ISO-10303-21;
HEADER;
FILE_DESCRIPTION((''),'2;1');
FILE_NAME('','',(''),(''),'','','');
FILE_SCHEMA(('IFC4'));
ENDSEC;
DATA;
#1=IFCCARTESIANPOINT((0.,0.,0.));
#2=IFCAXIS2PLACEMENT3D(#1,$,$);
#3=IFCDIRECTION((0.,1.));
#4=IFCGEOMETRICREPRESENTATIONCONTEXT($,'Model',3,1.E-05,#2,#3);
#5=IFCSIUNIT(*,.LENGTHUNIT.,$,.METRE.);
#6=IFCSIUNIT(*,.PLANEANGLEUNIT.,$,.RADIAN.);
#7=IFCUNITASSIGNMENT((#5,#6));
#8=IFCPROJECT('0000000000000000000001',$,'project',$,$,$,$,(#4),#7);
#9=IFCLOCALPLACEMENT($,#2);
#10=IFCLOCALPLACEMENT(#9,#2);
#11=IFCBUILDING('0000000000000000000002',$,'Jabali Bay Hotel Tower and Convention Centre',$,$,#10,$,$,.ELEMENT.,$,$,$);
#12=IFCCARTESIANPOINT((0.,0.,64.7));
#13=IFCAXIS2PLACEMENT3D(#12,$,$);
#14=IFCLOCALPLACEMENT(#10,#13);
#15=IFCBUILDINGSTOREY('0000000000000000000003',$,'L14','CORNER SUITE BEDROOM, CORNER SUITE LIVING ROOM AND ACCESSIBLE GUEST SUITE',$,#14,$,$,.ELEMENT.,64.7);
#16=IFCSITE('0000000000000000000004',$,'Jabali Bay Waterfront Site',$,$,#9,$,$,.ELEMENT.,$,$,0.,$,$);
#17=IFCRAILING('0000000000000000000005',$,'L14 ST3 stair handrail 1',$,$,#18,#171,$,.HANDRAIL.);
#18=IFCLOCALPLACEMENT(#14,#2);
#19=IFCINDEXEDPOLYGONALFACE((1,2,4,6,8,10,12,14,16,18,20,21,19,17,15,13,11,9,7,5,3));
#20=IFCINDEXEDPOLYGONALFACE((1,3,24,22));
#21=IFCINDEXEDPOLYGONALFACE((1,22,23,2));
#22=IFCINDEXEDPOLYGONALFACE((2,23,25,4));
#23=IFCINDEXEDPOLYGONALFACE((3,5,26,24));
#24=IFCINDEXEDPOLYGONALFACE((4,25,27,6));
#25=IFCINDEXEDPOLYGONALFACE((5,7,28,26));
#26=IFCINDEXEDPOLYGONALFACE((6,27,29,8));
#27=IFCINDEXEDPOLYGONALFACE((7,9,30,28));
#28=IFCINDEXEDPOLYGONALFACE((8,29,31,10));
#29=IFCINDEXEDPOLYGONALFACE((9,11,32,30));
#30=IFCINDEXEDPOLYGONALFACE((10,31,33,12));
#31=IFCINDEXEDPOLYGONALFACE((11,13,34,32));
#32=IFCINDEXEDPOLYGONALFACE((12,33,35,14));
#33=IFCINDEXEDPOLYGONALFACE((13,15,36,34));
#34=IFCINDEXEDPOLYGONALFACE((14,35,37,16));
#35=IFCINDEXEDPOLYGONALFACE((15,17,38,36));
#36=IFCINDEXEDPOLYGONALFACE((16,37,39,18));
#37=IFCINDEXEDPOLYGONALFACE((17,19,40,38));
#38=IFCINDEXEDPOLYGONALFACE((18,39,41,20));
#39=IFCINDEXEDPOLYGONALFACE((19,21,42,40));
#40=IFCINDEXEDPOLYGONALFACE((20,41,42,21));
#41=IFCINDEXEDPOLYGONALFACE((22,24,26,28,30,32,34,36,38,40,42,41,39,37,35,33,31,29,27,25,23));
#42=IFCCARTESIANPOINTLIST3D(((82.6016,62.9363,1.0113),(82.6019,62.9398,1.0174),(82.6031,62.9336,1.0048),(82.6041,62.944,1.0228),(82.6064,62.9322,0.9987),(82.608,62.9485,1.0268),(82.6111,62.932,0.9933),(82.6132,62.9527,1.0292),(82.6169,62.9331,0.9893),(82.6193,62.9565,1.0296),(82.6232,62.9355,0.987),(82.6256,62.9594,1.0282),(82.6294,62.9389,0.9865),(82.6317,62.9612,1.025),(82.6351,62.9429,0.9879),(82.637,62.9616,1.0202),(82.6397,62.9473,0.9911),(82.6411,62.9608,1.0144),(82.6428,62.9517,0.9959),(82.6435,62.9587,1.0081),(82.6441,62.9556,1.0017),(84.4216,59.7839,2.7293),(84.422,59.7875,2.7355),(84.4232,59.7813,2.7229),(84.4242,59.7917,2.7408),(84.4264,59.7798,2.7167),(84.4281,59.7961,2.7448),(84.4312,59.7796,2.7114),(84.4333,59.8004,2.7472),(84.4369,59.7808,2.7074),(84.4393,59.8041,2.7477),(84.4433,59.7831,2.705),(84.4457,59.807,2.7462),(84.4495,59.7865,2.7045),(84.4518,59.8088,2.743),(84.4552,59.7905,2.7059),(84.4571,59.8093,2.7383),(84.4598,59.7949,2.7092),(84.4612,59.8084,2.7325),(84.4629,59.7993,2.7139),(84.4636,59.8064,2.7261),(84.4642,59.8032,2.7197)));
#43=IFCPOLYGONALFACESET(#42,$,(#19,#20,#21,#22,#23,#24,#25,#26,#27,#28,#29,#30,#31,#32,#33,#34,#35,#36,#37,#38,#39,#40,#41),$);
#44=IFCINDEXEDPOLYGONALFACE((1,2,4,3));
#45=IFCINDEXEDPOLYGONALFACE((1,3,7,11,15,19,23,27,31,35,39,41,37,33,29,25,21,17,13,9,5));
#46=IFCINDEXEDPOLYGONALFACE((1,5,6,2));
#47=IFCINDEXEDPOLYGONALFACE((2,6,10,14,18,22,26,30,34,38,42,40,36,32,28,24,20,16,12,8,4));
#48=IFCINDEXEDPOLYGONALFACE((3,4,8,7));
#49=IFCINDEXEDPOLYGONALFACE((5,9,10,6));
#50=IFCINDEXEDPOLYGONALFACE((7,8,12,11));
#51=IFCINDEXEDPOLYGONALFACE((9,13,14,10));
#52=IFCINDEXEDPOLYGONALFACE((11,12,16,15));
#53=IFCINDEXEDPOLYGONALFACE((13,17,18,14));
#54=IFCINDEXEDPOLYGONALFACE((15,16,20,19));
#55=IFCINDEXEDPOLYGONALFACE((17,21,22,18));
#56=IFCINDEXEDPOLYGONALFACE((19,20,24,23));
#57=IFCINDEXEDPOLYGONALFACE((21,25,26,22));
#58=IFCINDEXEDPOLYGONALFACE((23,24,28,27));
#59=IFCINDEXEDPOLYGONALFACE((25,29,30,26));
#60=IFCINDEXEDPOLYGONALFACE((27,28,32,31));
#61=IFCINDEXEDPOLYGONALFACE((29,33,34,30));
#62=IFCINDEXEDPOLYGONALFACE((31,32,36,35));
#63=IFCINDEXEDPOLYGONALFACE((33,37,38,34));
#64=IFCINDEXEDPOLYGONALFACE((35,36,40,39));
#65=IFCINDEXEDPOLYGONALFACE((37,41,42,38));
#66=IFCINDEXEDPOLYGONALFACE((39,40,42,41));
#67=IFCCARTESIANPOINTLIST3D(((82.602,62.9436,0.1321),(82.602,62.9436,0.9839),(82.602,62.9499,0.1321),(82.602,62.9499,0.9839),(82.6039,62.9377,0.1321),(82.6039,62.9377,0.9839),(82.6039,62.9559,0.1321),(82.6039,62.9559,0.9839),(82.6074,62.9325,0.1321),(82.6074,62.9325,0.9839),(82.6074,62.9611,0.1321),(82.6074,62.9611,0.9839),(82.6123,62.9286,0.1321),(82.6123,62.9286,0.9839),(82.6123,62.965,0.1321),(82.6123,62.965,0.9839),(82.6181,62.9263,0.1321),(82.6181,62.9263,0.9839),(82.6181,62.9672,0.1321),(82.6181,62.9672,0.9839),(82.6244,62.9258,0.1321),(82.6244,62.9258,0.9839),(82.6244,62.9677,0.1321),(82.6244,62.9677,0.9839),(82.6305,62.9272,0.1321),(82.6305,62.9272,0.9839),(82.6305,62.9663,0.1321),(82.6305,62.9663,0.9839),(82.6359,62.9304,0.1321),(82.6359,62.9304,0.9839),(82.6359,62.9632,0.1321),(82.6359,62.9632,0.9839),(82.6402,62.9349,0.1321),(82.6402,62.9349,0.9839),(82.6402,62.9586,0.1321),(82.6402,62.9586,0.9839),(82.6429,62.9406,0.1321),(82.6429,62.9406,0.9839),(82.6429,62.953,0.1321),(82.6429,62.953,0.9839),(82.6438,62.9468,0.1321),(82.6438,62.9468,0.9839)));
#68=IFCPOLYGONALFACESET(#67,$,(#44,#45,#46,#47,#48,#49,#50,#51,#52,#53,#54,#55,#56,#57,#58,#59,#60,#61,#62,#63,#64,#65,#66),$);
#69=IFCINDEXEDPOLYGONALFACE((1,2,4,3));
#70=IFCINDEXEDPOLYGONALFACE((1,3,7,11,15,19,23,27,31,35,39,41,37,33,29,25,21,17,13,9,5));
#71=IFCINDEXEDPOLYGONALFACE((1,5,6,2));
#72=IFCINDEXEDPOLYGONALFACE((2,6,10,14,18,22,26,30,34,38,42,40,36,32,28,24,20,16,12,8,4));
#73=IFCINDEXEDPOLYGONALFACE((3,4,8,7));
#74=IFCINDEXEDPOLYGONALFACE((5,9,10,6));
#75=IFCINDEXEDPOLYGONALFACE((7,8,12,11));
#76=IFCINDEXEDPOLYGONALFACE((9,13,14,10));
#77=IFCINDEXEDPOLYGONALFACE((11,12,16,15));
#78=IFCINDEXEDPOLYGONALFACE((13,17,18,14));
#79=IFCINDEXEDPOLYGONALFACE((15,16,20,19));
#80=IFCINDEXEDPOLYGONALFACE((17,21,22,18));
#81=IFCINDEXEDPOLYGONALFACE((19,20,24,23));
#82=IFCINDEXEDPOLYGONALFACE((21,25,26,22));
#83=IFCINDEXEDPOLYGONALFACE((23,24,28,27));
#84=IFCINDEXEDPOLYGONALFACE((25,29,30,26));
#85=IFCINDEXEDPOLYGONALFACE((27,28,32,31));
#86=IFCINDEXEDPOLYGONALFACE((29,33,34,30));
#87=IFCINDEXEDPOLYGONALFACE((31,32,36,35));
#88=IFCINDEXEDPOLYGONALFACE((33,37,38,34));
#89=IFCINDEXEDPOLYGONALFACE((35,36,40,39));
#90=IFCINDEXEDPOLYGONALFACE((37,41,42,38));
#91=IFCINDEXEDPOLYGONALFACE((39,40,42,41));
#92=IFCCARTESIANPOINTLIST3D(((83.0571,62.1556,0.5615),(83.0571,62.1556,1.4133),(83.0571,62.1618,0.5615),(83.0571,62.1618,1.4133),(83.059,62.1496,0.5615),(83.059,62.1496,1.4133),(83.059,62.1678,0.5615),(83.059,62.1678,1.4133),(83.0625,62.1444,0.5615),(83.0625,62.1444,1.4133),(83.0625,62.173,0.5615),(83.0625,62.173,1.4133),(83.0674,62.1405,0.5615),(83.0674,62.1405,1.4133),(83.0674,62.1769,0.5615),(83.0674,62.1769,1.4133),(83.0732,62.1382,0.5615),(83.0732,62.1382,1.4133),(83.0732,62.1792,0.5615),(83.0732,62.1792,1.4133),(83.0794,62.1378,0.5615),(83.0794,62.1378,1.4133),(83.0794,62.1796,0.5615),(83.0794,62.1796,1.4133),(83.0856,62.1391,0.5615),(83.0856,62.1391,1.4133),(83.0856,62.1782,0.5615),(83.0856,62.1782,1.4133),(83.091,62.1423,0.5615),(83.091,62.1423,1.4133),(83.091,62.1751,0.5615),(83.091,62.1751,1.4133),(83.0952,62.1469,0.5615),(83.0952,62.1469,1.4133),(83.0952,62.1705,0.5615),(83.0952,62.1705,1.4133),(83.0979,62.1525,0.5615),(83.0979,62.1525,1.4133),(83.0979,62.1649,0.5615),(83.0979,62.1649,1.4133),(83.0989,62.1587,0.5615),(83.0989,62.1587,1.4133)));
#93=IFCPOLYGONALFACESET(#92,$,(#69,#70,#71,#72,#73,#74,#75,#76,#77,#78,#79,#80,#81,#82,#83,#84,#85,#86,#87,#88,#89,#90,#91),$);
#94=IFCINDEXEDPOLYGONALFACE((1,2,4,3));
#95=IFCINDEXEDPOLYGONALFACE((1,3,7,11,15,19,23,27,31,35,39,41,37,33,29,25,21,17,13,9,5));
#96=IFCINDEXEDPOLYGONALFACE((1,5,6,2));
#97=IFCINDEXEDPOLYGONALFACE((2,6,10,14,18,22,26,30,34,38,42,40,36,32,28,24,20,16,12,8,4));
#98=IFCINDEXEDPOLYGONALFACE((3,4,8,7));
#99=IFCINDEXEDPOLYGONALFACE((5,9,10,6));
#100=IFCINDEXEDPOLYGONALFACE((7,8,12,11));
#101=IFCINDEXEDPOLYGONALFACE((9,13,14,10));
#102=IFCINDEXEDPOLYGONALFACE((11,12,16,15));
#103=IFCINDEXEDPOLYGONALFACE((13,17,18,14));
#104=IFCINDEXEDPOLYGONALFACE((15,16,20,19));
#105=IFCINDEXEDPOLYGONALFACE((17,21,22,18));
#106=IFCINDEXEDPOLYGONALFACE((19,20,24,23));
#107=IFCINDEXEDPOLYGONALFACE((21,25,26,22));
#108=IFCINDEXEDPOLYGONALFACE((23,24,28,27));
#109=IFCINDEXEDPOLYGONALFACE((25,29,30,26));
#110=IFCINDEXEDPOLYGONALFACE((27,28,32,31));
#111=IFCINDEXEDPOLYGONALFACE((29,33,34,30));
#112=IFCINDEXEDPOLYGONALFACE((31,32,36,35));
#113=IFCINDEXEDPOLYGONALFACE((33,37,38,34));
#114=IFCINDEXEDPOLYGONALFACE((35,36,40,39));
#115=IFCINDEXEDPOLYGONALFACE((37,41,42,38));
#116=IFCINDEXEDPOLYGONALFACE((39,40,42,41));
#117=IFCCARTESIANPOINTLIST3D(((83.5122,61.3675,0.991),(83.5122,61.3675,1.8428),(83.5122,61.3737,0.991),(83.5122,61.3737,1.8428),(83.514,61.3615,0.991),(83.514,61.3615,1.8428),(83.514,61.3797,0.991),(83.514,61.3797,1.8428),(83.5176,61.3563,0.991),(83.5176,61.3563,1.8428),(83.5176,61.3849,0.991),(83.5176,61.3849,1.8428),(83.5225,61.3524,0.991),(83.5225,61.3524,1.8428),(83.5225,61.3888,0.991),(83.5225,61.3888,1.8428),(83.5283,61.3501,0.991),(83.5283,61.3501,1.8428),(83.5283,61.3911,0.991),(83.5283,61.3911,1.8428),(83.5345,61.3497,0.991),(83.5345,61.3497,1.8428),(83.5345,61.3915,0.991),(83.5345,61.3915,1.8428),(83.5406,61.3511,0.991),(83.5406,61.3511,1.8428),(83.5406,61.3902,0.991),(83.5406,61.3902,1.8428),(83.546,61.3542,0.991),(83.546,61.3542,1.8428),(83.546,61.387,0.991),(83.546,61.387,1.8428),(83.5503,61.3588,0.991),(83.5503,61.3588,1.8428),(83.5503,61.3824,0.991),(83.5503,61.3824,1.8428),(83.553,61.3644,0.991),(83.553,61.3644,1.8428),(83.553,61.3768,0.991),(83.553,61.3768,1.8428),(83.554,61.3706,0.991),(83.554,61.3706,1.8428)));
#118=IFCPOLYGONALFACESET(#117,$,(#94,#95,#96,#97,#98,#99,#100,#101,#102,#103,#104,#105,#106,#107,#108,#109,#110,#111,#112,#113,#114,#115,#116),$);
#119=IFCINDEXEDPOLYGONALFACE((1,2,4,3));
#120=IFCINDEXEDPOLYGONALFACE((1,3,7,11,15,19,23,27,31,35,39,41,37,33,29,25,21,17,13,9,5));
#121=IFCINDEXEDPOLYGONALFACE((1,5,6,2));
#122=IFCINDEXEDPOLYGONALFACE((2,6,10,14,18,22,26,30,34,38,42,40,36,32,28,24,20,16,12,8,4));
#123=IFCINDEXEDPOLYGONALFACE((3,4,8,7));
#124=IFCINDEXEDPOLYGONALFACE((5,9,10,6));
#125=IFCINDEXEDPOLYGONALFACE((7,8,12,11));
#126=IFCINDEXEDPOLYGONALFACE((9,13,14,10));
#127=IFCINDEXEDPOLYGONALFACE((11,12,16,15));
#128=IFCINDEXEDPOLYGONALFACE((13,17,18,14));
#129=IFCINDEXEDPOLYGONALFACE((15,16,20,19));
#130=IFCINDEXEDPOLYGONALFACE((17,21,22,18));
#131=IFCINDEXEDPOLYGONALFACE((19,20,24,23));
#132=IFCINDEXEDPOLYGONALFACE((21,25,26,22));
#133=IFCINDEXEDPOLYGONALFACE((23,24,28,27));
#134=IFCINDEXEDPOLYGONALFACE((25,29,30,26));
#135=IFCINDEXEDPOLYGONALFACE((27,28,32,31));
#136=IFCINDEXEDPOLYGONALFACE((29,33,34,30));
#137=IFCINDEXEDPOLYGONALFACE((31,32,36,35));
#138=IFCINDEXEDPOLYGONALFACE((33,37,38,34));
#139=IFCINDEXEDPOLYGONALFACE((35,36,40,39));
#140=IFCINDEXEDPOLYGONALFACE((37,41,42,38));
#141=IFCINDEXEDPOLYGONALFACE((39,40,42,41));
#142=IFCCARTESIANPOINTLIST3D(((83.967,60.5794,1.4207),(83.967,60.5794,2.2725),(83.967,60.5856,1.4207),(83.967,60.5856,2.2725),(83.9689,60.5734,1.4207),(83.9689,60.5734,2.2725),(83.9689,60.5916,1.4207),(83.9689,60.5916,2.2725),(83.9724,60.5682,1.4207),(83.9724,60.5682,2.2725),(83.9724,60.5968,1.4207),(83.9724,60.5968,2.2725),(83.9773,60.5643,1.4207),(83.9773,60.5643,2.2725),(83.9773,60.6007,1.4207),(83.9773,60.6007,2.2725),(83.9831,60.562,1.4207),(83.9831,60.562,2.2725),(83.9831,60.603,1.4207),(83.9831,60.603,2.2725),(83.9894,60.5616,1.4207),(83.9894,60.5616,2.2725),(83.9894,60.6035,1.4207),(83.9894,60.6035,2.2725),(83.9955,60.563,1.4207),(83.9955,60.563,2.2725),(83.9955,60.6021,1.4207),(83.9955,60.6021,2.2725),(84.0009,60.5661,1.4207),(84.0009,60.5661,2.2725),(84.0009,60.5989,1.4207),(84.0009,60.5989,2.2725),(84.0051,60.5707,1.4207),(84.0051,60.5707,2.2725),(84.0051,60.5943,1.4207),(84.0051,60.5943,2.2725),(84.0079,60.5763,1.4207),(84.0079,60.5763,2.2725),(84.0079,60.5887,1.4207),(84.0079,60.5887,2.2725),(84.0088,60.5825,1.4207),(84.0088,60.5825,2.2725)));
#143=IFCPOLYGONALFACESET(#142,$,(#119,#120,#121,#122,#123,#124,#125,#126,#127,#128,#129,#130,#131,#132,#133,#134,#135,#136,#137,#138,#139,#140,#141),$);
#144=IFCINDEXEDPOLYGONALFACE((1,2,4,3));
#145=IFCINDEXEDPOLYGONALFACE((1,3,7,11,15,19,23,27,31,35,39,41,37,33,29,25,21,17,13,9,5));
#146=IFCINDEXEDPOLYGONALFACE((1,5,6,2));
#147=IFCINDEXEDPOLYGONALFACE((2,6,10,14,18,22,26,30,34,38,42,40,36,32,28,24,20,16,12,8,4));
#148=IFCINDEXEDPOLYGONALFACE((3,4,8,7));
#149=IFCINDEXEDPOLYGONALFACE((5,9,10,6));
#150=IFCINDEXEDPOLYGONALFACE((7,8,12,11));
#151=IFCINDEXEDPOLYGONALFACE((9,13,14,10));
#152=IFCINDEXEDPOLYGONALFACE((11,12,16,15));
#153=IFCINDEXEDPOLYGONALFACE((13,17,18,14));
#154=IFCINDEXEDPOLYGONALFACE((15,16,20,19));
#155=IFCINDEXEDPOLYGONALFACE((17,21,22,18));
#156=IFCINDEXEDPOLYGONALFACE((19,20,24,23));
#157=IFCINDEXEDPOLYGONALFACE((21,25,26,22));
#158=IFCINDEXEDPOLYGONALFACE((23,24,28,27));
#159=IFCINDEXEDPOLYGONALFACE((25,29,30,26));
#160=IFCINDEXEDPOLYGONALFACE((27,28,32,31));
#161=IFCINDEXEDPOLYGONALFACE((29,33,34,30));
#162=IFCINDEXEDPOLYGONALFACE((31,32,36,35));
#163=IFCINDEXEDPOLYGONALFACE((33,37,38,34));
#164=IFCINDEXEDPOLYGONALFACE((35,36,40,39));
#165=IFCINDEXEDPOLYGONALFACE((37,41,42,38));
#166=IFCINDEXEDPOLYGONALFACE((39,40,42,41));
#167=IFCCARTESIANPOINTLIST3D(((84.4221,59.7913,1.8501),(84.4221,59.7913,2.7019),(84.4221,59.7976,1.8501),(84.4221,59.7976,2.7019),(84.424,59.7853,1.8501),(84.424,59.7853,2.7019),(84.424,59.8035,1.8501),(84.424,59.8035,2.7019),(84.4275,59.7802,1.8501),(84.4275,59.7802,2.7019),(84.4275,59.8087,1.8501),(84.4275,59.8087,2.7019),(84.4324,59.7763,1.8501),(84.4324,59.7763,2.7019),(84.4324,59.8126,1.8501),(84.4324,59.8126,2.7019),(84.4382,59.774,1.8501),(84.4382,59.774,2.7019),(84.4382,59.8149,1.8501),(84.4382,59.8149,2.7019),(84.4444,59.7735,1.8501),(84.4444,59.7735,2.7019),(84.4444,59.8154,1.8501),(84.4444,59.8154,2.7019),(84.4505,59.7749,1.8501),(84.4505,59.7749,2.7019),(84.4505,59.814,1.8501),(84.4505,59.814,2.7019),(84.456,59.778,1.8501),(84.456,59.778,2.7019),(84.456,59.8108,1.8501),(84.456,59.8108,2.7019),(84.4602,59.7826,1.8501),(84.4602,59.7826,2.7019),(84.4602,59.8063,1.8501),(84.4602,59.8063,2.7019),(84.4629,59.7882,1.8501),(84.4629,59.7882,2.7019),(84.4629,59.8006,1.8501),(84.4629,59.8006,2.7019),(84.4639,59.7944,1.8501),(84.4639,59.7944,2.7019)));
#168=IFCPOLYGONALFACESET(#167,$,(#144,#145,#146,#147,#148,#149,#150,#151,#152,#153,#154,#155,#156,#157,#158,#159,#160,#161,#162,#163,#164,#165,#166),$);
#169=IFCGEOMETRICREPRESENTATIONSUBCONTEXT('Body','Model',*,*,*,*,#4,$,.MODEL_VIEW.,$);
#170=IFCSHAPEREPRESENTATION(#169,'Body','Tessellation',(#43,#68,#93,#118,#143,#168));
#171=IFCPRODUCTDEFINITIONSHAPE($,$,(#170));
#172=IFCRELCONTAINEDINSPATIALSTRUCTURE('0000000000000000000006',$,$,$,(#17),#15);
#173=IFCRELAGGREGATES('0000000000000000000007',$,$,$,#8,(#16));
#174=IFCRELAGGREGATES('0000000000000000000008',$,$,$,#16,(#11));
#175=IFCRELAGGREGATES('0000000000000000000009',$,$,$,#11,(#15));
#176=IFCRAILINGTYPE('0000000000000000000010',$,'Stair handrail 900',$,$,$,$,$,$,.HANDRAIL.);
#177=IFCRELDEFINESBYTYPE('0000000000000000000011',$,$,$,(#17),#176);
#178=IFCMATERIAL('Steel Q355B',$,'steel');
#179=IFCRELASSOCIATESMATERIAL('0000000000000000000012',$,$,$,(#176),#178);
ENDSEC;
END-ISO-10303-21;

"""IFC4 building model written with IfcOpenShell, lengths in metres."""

from ifc_helpers import new_model, si_unit, direction, frame, origin, origin_2d, place, context, subcontext, project, spatial, circle, extrude, material, type_object, element, save


model = new_model("IFC4")

# Units and contexts
model_context = context("Model", 3, precision=1e-05, world=origin(), true_north=direction((0.0, 1.0)))
body_context = subcontext(model_context, "Body", "Model", "MODEL_VIEW")
ifc_project = project(units=[si_unit("LENGTHUNIT", "METRE"), si_unit("PLANEANGLEUNIT", "RADIAN")], contexts=[model_context])

# Site, building, storey
site_placement = place(None, origin())
site = spatial("IfcSite", under=ifc_project, at=site_placement, Name="Jabali Bay Waterfront Site", CompositionType="ELEMENT", RefElevation=0.0)
building_placement = place(site_placement, origin())
building = spatial("IfcBuilding", under=site, at=building_placement, Name="Jabali Bay Hotel Tower and Convention Centre", CompositionType="ELEMENT")
storey_placement = place(building_placement, frame((0.0, 0.0, 64.7)))
storey = spatial("IfcBuildingStorey", under=building, at=storey_placement, Name="L14", Description="CORNER SUITE BEDROOM, CORNER SUITE LIVING ROOM AND ACCESSIBLE GUEST SUITE", CompositionType="ELEMENT", Elevation=64.7)

# Railing
ifc_material_1 = material(Name="Steel Q355B", Category="steel")
railing_type_1 = type_object("IfcRailingType", Name="Stair handrail 900", PredefinedType="HANDRAIL", material=ifc_material_1)
railing_1_placement = place(storey_placement, frame((82.6228, 62.9468, 0.1321)))
element("IfcRailing", 1, at=railing_1_placement, inside=storey, type_object=railing_type_1, Name="L14 ST3 stair handrail 1", PredefinedType="HANDRAIL", context=body_context, shape_type="SweptSolid", body=[
    extrude(circle(Radius=0.0239, at=origin_2d()), frame((0.0, 0.0, 0.876), z_axis=(0.452179, -0.78317, 0.426825), x_axis=(0.866018, 0.500013, 0.0)), (0.0, 0.0, 1.0), 4.0251),
    extrude(circle(Radius=0.021, at=origin_2d()), origin(), (0.0, 0.0, 1.0), 0.8518),
    extrude(circle(Radius=0.021, at=origin_2d()), frame((0.4551, -0.7881, 0.4294)), (0.0, 0.0, 1.0), 0.8518),
    extrude(circle(Radius=0.021, at=origin_2d()), frame((0.9102, -1.5762, 0.8589)), (0.0, 0.0, 1.0), 0.8518),
    extrude(circle(Radius=0.021, at=origin_2d()), frame((1.365, -2.3643, 1.2886)), (0.0, 0.0, 1.0), 0.8518),
    extrude(circle(Radius=0.021, at=origin_2d()), frame((1.8201, -3.1523, 1.718)), (0.0, 0.0, 1.0), 0.8518),
])

save(model, "model.ifc")
